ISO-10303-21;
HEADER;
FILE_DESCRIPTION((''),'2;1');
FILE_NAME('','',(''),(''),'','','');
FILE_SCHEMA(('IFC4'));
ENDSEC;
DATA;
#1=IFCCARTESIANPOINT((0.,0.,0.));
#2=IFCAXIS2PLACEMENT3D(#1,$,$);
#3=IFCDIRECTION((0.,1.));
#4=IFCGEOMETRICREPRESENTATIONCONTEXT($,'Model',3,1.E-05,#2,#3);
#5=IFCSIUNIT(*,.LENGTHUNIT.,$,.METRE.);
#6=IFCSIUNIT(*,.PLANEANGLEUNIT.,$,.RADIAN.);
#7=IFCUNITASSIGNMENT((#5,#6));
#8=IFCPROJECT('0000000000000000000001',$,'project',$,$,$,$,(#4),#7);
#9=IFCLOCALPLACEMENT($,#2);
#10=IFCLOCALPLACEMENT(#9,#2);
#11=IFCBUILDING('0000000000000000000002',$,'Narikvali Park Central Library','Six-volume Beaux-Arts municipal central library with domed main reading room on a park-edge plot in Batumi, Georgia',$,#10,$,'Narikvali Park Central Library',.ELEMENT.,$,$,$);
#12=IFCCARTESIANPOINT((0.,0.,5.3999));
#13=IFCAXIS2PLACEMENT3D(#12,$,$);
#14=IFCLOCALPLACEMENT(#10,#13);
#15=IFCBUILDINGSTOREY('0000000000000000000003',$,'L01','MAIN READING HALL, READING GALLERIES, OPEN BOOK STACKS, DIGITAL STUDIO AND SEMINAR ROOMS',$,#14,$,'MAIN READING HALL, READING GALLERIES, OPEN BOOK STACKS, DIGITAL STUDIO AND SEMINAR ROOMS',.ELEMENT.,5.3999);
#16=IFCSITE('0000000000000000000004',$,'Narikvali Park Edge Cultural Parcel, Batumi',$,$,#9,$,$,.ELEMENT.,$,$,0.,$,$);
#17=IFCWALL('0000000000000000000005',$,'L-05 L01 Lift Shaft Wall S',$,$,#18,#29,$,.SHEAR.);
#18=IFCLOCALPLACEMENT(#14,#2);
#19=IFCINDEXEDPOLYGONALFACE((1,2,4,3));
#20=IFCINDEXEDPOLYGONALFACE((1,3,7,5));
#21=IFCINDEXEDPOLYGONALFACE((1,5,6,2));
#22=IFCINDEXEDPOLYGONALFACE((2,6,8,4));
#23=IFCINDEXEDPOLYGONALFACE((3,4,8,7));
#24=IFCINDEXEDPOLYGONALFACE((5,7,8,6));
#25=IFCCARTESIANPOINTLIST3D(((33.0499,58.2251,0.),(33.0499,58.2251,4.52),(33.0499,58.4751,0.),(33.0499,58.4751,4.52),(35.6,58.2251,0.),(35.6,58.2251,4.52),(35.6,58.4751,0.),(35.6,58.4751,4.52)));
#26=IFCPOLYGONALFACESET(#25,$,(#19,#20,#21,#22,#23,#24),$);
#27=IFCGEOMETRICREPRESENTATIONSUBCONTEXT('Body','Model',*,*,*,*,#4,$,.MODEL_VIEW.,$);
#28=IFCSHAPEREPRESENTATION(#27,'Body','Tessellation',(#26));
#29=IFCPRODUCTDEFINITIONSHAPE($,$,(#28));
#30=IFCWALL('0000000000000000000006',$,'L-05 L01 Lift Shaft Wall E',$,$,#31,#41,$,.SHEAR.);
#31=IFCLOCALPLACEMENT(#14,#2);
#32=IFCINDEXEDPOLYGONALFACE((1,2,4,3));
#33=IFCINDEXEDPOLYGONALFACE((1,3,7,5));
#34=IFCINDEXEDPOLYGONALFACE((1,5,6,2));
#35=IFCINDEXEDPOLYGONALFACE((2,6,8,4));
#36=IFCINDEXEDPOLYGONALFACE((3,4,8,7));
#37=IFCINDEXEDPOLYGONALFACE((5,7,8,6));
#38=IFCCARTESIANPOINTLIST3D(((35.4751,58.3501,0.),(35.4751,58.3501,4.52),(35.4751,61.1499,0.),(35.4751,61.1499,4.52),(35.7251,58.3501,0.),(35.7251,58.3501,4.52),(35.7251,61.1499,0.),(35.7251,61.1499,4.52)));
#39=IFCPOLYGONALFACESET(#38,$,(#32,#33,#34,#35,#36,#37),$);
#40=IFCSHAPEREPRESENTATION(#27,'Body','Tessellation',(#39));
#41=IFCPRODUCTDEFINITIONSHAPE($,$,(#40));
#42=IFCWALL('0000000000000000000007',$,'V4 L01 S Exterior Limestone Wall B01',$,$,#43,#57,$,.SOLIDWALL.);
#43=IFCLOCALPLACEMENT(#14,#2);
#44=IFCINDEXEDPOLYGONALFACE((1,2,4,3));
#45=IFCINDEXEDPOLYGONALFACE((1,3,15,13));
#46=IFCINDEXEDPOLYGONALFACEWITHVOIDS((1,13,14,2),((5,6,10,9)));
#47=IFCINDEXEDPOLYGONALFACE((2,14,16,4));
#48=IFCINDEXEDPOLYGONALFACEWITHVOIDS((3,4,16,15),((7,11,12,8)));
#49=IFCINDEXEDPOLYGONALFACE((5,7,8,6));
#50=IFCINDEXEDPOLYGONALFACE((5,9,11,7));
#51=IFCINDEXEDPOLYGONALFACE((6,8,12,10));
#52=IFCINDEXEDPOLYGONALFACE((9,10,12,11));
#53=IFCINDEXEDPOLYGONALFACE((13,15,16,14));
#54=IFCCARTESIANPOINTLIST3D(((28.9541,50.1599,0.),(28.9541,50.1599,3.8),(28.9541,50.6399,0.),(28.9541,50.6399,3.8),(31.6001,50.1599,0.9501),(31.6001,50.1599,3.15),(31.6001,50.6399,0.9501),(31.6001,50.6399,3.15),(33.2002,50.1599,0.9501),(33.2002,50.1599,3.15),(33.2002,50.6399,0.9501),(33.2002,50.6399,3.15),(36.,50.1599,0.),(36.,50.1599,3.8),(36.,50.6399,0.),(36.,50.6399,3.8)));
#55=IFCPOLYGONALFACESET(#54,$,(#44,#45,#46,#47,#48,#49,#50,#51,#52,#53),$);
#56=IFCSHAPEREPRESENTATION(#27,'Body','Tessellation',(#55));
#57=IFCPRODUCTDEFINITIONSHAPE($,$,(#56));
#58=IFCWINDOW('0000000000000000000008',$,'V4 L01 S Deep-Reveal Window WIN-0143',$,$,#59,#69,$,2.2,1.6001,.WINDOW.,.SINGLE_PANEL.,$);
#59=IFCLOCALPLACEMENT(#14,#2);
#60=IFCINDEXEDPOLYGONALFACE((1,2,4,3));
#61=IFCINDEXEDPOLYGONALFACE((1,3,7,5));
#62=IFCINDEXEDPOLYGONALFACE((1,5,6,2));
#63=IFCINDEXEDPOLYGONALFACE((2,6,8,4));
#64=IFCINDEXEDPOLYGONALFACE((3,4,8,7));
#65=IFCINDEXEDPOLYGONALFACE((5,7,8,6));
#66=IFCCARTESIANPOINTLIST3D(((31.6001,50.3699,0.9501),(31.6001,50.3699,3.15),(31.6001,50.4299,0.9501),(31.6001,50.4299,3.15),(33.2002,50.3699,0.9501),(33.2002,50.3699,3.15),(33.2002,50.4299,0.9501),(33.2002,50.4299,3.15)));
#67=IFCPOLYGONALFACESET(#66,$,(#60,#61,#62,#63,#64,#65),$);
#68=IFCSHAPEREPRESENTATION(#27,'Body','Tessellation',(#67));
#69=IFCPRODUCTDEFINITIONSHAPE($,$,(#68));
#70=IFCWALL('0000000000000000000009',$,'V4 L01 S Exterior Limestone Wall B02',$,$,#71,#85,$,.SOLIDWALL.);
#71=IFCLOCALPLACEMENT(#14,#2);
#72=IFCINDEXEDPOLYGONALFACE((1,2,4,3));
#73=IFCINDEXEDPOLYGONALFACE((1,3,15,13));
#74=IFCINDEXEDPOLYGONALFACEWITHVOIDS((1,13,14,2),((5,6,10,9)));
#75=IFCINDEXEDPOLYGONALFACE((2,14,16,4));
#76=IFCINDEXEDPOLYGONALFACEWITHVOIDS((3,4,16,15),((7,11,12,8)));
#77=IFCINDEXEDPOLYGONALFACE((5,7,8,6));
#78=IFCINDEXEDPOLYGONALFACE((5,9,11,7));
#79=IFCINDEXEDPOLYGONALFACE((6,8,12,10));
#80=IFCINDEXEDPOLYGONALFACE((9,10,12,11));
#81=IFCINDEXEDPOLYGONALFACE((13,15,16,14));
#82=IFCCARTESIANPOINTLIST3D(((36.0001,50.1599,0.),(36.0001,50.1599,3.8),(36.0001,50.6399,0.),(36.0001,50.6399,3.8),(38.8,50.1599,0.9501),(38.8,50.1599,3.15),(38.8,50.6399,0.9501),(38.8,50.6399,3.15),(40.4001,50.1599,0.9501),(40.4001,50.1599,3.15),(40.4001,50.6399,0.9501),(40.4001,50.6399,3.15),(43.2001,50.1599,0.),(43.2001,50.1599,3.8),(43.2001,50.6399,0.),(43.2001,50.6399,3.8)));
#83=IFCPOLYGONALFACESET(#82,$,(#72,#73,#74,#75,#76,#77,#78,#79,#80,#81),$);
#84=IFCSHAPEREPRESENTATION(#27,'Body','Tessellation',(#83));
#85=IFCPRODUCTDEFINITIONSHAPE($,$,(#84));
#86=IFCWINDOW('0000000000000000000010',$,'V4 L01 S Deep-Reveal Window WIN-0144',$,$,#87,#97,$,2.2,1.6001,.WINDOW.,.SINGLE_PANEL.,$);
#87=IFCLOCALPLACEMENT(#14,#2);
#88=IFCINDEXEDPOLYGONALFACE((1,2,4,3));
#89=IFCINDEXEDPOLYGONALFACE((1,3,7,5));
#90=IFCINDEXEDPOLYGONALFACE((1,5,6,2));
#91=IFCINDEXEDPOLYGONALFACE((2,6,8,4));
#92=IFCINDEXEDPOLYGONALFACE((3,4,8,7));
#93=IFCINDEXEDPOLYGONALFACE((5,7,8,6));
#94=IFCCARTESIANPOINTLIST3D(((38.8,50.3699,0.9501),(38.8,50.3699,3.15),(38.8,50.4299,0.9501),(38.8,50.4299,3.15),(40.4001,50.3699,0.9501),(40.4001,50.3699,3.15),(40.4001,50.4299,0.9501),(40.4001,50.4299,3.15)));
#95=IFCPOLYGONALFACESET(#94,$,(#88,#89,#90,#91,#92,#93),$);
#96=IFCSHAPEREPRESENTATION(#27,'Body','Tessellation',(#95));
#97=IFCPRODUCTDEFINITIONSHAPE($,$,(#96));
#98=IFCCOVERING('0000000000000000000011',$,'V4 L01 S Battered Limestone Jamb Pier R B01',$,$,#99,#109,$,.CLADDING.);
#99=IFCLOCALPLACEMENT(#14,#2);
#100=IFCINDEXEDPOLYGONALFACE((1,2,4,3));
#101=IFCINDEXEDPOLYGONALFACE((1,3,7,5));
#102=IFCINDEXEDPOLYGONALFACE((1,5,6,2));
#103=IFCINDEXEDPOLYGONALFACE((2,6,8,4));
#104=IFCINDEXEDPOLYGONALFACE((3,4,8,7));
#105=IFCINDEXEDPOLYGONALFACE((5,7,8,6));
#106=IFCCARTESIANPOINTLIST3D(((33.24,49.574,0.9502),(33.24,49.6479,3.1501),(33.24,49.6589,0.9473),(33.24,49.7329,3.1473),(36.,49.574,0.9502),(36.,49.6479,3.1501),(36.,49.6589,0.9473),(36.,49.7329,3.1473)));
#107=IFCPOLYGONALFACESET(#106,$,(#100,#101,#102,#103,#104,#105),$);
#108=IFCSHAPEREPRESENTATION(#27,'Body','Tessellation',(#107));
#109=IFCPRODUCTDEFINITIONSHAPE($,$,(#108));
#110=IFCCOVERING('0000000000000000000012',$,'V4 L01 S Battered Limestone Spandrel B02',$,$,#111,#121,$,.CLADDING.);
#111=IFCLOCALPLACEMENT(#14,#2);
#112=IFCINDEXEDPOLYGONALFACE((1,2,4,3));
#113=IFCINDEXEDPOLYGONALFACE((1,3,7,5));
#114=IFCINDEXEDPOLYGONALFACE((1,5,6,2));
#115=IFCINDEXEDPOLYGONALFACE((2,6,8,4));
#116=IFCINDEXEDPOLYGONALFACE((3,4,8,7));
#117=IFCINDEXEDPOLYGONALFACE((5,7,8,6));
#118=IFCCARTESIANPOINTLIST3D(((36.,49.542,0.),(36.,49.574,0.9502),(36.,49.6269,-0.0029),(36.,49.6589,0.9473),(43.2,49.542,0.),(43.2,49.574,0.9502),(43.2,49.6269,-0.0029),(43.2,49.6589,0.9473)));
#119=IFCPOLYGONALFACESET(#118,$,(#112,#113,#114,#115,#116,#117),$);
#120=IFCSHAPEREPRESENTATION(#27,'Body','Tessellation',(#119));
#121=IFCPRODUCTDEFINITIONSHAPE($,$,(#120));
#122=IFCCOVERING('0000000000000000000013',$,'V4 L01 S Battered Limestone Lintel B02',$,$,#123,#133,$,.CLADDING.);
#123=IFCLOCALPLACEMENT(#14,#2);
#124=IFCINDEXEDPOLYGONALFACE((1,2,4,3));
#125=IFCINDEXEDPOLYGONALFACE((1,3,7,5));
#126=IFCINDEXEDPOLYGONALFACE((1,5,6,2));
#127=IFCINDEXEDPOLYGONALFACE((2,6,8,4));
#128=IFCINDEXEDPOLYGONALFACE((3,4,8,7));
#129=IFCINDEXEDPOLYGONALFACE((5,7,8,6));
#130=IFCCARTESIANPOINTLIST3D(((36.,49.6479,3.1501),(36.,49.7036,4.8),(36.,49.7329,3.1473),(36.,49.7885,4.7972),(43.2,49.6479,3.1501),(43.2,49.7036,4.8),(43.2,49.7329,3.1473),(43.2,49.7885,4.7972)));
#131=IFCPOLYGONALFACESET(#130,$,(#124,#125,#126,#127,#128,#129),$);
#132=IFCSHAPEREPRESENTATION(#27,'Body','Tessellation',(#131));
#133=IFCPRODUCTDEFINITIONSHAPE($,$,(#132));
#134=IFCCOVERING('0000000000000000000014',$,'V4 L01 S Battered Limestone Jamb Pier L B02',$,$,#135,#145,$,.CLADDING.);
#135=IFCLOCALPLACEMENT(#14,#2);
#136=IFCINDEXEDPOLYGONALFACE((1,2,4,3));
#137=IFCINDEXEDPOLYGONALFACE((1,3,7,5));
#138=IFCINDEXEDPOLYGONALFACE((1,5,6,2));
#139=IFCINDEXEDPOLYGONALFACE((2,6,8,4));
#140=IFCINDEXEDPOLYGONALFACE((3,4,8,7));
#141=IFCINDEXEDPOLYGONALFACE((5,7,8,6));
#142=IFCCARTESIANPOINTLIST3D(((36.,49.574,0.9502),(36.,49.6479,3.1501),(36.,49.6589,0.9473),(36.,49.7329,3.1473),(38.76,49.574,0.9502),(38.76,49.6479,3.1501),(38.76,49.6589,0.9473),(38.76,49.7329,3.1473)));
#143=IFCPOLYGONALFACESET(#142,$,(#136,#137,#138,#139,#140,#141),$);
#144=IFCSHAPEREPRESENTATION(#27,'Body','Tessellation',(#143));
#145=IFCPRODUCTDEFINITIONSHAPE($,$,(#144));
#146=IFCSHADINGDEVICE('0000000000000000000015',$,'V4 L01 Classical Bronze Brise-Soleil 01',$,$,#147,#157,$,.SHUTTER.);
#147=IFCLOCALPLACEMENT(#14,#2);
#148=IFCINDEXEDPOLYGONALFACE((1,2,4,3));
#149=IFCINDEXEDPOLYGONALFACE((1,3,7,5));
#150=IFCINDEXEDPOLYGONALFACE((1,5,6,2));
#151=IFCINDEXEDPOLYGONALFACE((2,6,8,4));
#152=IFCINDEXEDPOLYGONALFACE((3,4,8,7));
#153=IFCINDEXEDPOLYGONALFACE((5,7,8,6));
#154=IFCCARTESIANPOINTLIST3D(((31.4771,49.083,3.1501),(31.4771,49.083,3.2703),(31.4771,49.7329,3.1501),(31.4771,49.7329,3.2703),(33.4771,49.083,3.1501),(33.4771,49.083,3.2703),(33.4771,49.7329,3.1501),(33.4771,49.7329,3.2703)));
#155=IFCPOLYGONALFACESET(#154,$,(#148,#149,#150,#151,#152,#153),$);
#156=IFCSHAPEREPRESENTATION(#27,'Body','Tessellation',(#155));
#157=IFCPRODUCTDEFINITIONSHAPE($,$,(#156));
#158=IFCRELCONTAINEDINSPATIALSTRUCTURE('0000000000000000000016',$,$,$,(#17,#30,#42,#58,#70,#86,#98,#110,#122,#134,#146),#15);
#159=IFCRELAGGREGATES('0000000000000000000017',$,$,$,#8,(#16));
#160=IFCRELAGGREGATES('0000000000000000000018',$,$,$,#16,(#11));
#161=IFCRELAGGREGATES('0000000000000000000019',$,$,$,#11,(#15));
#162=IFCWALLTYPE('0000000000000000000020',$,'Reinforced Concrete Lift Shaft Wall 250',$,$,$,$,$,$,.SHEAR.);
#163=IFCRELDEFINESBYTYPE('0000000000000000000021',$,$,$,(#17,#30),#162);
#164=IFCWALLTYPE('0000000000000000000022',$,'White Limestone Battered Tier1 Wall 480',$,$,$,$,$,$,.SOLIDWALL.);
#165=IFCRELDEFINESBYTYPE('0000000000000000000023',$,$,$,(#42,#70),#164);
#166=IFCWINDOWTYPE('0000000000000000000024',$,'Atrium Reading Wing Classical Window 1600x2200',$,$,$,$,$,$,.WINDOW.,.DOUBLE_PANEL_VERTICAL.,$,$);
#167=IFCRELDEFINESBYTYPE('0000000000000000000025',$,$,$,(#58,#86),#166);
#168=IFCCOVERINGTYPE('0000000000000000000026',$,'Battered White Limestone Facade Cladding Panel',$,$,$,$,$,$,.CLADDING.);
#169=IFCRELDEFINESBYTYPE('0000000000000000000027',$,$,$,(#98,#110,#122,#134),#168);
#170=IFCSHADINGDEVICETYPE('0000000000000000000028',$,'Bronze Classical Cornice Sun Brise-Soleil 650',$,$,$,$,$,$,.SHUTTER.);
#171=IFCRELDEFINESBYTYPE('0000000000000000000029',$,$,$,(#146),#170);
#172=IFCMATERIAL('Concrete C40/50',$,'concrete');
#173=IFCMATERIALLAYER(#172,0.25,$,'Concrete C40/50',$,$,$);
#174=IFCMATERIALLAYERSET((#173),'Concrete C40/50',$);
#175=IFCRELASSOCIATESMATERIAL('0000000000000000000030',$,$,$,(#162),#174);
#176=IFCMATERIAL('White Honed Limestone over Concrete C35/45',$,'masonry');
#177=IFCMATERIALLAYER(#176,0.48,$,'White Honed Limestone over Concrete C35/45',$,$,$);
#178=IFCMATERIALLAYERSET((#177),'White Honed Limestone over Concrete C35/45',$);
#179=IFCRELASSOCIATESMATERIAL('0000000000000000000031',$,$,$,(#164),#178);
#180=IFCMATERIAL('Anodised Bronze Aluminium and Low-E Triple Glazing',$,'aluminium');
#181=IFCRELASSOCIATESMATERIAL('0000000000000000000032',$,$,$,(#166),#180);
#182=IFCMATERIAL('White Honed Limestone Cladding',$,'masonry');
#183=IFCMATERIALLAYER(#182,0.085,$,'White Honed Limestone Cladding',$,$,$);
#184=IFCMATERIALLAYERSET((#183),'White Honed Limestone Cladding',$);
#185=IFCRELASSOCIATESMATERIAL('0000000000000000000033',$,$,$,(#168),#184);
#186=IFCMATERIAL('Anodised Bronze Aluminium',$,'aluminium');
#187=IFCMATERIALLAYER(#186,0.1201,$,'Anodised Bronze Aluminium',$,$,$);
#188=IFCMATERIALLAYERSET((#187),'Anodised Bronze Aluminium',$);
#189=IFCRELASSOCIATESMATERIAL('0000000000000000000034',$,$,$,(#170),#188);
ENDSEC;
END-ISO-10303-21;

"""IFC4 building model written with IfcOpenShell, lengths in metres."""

from ifc_helpers import new_model, si_unit, direction, frame, frame_2d, origin, origin_2d, place, context, subcontext, project, spatial, polyline, rectangle, outline, extrude, material, layer, layer_set, type_object, element, fill, save


model = new_model("IFC4")

# Units and contexts
model_context = context("Model", 3, precision=1e-05, world=origin(), true_north=direction((0.0, 1.0)))
body_context = subcontext(model_context, "Body", "Model", "MODEL_VIEW")
ifc_project = project(units=[si_unit("LENGTHUNIT", "METRE"), si_unit("PLANEANGLEUNIT", "RADIAN")], contexts=[model_context])

# Site, building, storey
site_placement = place(None, origin())
site = spatial("IfcSite", under=ifc_project, at=site_placement, Name="Narikvali Park Edge Cultural Parcel, Batumi", CompositionType="ELEMENT", RefElevation=0.0)
building_placement = place(site_placement, origin())
building = spatial("IfcBuilding", under=site, at=building_placement, Name="Narikvali Park Central Library", Description="Six-volume Beaux-Arts municipal central library with domed main reading room on a park-edge plot in Batumi, Georgia", LongName="Narikvali Park Central Library", CompositionType="ELEMENT")
storey_placement = place(building_placement, frame((0.0, 0.0, 5.3999)))
storey = spatial("IfcBuildingStorey", under=building, at=storey_placement, Name="L01", Description="MAIN READING HALL, READING GALLERIES, OPEN BOOK STACKS, DIGITAL STUDIO AND SEMINAR ROOMS", LongName="MAIN READING HALL, READING GALLERIES, OPEN BOOK STACKS, DIGITAL STUDIO AND SEMINAR ROOMS", CompositionType="ELEMENT", Elevation=5.3999)

# Walls
ifc_material_1 = material(Name="Concrete C40/50", Category="concrete")
ifc_layer_1 = layer(ifc_material_1, 0.25, Name="Concrete C40/50")
ifc_layer_set_1 = layer_set([ifc_layer_1], Name="Concrete C40/50")
wall_type_1 = type_object("IfcWallType", Name="Reinforced Concrete Lift Shaft Wall 250", PredefinedType="SHEAR", material=ifc_layer_set_1)
wall_1_placement = place(storey_placement, frame((33.05, 58.3501, 0.0), z_axis=(0.0, 0.0, 1.0), x_axis=(1.0, 0.0, 0.0)))
element("IfcWall", 1, at=wall_1_placement, inside=storey, type_object=wall_type_1, Name="L-05 L01 Lift Shaft Wall S", PredefinedType="SHEAR", context=body_context, shape_type="SweptSolid", body=[
    extrude(rectangle(XDim=2.55, YDim=0.25, at=frame_2d((1.2749, 0.0))), origin(), (0.0, 0.0, 1.0), 4.52),
])
wall_2_placement = place(storey_placement, frame((35.6001, 58.3501, 0.0), z_axis=(0.0, 0.0, 1.0), x_axis=(0.0, 1.0, 0.0)))
element("IfcWall", 2, at=wall_2_placement, inside=storey, type_object=wall_type_1, Name="L-05 L01 Lift Shaft Wall E", PredefinedType="SHEAR", context=body_context, shape_type="SweptSolid", body=[
    extrude(rectangle(XDim=2.7998, YDim=0.25, at=frame_2d((1.3999, 0.0))), origin(), (0.0, 0.0, 1.0), 4.52),
])

# Walls, openings, windows
ifc_material_2 = material(Name="White Honed Limestone over Concrete C35/45", Category="masonry")
ifc_layer_2 = layer(ifc_material_2, 0.48, Name="White Honed Limestone over Concrete C35/45")
ifc_layer_set_2 = layer_set([ifc_layer_2], Name="White Honed Limestone over Concrete C35/45")
wall_type_2 = type_object("IfcWallType", Name="White Limestone Battered Tier1 Wall 480", PredefinedType="SOLIDWALL", material=ifc_layer_set_2)
wall_3_placement = place(storey_placement, frame((28.9541, 50.3999, 0.0), z_axis=(0.0, 0.0, 1.0), x_axis=(1.0, 0.0, 0.0)))
wall_3 = element("IfcWall", 3, at=wall_3_placement, inside=storey, type_object=wall_type_2, Name="V4 L01 S Exterior Limestone Wall B01", PredefinedType="SOLIDWALL", context=body_context, shape_type="SweptSolid", body=[
    extrude(rectangle(XDim=7.0459, YDim=0.48, at=frame_2d((3.5229, 0.0))), origin(), (0.0, 0.0, 1.0), 3.8),
])
opening_1_placement = place(wall_3_placement, frame((2.646, 0.0, 0.95)))
opening_1 = element("IfcOpeningElement", 4, at=opening_1_placement, cuts=wall_3, PredefinedType="OPENING", context=body_context, shape_type="SweptSolid", body=[
    extrude(rectangle(XDim=1.6001, YDim=2.2, at=frame_2d((0.8, 1.1001))), frame((0.0, 0.252, 0.0), z_axis=(0.0, -1.0, 0.0), x_axis=(1.0, 0.0, 0.0)), (0.0, 0.0, 1.0), 0.5039),
])
ifc_material_3 = material(Name="Anodised Bronze Aluminium and Low-E Triple Glazing", Category="aluminium")
window_type = type_object("IfcWindowType", Name="Atrium Reading Wing Classical Window 1600x2200", PartitioningType="DOUBLE_PANEL_VERTICAL", PredefinedType="WINDOW", material=ifc_material_3)
window_1_placement = place(opening_1_placement, origin())
window_1 = element("IfcWindow", 5, at=window_1_placement, inside=storey, type_object=window_type, Name="V4 L01 S Deep-Reveal Window WIN-0143", OverallHeight=2.2, OverallWidth=1.6001, PartitioningType="SINGLE_PANEL", PredefinedType="WINDOW", context=body_context, shape_type="SweptSolid", body=[
    extrude(rectangle(XDim=1.6001, YDim=2.2, at=frame_2d((0.8, 1.1001))), frame((0.0, 0.03, 0.0), z_axis=(0.0, -1.0, 0.0), x_axis=(1.0, 0.0, 0.0)), (0.0, 0.0, 1.0), 0.0601),
])
fill(opening_1, window_1)
wall_4_placement = place(storey_placement, frame((36.0, 50.3999, 0.0), z_axis=(0.0, 0.0, 1.0), x_axis=(1.0, 0.0, 0.0)))
wall_4 = element("IfcWall", 6, at=wall_4_placement, inside=storey, type_object=wall_type_2, Name="V4 L01 S Exterior Limestone Wall B02", PredefinedType="SOLIDWALL", context=body_context, shape_type="SweptSolid", body=[
    extrude(rectangle(XDim=7.2, YDim=0.48, at=frame_2d((3.6001, 0.0))), origin(), (0.0, 0.0, 1.0), 3.8),
])
opening_2_placement = place(wall_4_placement, frame((2.8, 0.0, 0.95)))
opening_2 = element("IfcOpeningElement", 7, at=opening_2_placement, cuts=wall_4, PredefinedType="OPENING", context=body_context, shape_type="SweptSolid", body=[
    extrude(rectangle(XDim=1.6001, YDim=2.2, at=frame_2d((0.8, 1.1001))), frame((0.0, 0.252, 0.0), z_axis=(0.0, -1.0, 0.0), x_axis=(1.0, 0.0, 0.0)), (0.0, 0.0, 1.0), 0.5039),
])
window_2_placement = place(opening_2_placement, origin())
window_2 = element("IfcWindow", 8, at=window_2_placement, inside=storey, type_object=window_type, Name="V4 L01 S Deep-Reveal Window WIN-0144", OverallHeight=2.2, OverallWidth=1.6001, PartitioningType="SINGLE_PANEL", PredefinedType="WINDOW", context=body_context, shape_type="SweptSolid", body=[
    extrude(rectangle(XDim=1.6001, YDim=2.2, at=frame_2d((0.8, 1.1001))), frame((0.0, 0.03, 0.0), z_axis=(0.0, -1.0, 0.0), x_axis=(1.0, 0.0, 0.0)), (0.0, 0.0, 1.0), 0.0601),
])
fill(opening_2, window_2)

# Coverings
ifc_material_4 = material(Name="White Honed Limestone Cladding", Category="masonry")
ifc_layer_3 = layer(ifc_material_4, 0.085, Name="White Honed Limestone Cladding")
ifc_layer_set_3 = layer_set([ifc_layer_3], Name="White Honed Limestone Cladding")
covering_type = type_object("IfcCoveringType", Name="Battered White Limestone Facade Cladding Panel", PredefinedType="CLADDING", material=ifc_layer_set_3)
covering_1_placement = place(storey_placement, frame((33.24, 49.574, 0.9502), z_axis=(0.0, -0.999435, 0.033607), x_axis=(1.0, 0.0, 0.0)))
element("IfcCovering", 9, at=covering_1_placement, inside=storey, type_object=covering_type, Name="V4 L01 S Battered Limestone Jamb Pier R B01", PredefinedType="CLADDING", context=body_context, shape_type="SweptSolid", body=[
    extrude(outline(polyline([(0.0, 0.0), (2.76, 0.0), (2.76, 2.2012), (0.0, 2.2012), (0.0, 0.0)])), origin(), (0.0, 0.0, -1.0), 0.085),
])
covering_2_placement = place(storey_placement, frame((36.0, 49.542, 0.0), z_axis=(0.0, -0.999434, 0.03364), x_axis=(1.0, 0.0, 0.0)))
element("IfcCovering", 10, at=covering_2_placement, inside=storey, type_object=covering_type, Name="V4 L01 S Battered Limestone Spandrel B02", PredefinedType="CLADDING", context=body_context, shape_type="SweptSolid", body=[
    extrude(outline(polyline([(0.0, 0.0), (7.2, 0.0), (7.2, 0.9507), (0.0, 0.9507), (0.0, 0.0)])), origin(), (0.0, 0.0, -1.0), 0.085),
])
covering_3_placement = place(storey_placement, frame((36.0, 49.6479, 3.1501), z_axis=(0.0, -0.999431, 0.033719), x_axis=(1.0, 0.0, 0.0)))
element("IfcCovering", 11, at=covering_3_placement, inside=storey, type_object=covering_type, Name="V4 L01 S Battered Limestone Lintel B02", PredefinedType="CLADDING", context=body_context, shape_type="SweptSolid", body=[
    extrude(outline(polyline([(0.0, 0.0), (7.2, 0.0), (7.2, 1.6508), (0.0, 1.6508), (0.0, 0.0)])), origin(), (0.0, 0.0, -1.0), 0.085),
])
covering_4_placement = place(storey_placement, frame((36.0, 49.574, 0.9502), z_axis=(0.0, -0.999435, 0.033607), x_axis=(1.0, 0.0, 0.0)))
element("IfcCovering", 12, at=covering_4_placement, inside=storey, type_object=covering_type, Name="V4 L01 S Battered Limestone Jamb Pier L B02", PredefinedType="CLADDING", context=body_context, shape_type="SweptSolid", body=[
    extrude(outline(polyline([(0.0, 0.0), (2.76, 0.0), (2.76, 2.2012), (0.0, 2.2012), (0.0, 0.0)])), origin(), (0.0, 0.0, -1.0), 0.085),
])

# Shading device
ifc_material_5 = material(Name="Anodised Bronze Aluminium", Category="aluminium")
ifc_layer_4 = layer(ifc_material_5, 0.1201, Name="Anodised Bronze Aluminium")
ifc_layer_set_4 = layer_set([ifc_layer_4], Name="Anodised Bronze Aluminium")
shading_device_type = type_object("IfcShadingDeviceType", Name="Bronze Classical Cornice Sun Brise-Soleil 650", PredefinedType="SHUTTER", material=ifc_layer_set_4)
shading_device_placement = place(storey_placement, frame((32.4771, 49.408, 3.1501), z_axis=(0.0, 0.0, 1.0), x_axis=(1.0, 0.0, 0.0)))
element("IfcShadingDevice", 13, at=shading_device_placement, inside=storey, type_object=shading_device_type, Name="V4 L01 Classical Bronze Brise-Soleil 01", PredefinedType="SHUTTER", context=body_context, shape_type="SweptSolid", body=[
    extrude(rectangle(XDim=2.0, YDim=0.6499, at=origin_2d()), origin(), (0.0, 0.0, 1.0), 0.1201),
])

save(model, "model.ifc")
